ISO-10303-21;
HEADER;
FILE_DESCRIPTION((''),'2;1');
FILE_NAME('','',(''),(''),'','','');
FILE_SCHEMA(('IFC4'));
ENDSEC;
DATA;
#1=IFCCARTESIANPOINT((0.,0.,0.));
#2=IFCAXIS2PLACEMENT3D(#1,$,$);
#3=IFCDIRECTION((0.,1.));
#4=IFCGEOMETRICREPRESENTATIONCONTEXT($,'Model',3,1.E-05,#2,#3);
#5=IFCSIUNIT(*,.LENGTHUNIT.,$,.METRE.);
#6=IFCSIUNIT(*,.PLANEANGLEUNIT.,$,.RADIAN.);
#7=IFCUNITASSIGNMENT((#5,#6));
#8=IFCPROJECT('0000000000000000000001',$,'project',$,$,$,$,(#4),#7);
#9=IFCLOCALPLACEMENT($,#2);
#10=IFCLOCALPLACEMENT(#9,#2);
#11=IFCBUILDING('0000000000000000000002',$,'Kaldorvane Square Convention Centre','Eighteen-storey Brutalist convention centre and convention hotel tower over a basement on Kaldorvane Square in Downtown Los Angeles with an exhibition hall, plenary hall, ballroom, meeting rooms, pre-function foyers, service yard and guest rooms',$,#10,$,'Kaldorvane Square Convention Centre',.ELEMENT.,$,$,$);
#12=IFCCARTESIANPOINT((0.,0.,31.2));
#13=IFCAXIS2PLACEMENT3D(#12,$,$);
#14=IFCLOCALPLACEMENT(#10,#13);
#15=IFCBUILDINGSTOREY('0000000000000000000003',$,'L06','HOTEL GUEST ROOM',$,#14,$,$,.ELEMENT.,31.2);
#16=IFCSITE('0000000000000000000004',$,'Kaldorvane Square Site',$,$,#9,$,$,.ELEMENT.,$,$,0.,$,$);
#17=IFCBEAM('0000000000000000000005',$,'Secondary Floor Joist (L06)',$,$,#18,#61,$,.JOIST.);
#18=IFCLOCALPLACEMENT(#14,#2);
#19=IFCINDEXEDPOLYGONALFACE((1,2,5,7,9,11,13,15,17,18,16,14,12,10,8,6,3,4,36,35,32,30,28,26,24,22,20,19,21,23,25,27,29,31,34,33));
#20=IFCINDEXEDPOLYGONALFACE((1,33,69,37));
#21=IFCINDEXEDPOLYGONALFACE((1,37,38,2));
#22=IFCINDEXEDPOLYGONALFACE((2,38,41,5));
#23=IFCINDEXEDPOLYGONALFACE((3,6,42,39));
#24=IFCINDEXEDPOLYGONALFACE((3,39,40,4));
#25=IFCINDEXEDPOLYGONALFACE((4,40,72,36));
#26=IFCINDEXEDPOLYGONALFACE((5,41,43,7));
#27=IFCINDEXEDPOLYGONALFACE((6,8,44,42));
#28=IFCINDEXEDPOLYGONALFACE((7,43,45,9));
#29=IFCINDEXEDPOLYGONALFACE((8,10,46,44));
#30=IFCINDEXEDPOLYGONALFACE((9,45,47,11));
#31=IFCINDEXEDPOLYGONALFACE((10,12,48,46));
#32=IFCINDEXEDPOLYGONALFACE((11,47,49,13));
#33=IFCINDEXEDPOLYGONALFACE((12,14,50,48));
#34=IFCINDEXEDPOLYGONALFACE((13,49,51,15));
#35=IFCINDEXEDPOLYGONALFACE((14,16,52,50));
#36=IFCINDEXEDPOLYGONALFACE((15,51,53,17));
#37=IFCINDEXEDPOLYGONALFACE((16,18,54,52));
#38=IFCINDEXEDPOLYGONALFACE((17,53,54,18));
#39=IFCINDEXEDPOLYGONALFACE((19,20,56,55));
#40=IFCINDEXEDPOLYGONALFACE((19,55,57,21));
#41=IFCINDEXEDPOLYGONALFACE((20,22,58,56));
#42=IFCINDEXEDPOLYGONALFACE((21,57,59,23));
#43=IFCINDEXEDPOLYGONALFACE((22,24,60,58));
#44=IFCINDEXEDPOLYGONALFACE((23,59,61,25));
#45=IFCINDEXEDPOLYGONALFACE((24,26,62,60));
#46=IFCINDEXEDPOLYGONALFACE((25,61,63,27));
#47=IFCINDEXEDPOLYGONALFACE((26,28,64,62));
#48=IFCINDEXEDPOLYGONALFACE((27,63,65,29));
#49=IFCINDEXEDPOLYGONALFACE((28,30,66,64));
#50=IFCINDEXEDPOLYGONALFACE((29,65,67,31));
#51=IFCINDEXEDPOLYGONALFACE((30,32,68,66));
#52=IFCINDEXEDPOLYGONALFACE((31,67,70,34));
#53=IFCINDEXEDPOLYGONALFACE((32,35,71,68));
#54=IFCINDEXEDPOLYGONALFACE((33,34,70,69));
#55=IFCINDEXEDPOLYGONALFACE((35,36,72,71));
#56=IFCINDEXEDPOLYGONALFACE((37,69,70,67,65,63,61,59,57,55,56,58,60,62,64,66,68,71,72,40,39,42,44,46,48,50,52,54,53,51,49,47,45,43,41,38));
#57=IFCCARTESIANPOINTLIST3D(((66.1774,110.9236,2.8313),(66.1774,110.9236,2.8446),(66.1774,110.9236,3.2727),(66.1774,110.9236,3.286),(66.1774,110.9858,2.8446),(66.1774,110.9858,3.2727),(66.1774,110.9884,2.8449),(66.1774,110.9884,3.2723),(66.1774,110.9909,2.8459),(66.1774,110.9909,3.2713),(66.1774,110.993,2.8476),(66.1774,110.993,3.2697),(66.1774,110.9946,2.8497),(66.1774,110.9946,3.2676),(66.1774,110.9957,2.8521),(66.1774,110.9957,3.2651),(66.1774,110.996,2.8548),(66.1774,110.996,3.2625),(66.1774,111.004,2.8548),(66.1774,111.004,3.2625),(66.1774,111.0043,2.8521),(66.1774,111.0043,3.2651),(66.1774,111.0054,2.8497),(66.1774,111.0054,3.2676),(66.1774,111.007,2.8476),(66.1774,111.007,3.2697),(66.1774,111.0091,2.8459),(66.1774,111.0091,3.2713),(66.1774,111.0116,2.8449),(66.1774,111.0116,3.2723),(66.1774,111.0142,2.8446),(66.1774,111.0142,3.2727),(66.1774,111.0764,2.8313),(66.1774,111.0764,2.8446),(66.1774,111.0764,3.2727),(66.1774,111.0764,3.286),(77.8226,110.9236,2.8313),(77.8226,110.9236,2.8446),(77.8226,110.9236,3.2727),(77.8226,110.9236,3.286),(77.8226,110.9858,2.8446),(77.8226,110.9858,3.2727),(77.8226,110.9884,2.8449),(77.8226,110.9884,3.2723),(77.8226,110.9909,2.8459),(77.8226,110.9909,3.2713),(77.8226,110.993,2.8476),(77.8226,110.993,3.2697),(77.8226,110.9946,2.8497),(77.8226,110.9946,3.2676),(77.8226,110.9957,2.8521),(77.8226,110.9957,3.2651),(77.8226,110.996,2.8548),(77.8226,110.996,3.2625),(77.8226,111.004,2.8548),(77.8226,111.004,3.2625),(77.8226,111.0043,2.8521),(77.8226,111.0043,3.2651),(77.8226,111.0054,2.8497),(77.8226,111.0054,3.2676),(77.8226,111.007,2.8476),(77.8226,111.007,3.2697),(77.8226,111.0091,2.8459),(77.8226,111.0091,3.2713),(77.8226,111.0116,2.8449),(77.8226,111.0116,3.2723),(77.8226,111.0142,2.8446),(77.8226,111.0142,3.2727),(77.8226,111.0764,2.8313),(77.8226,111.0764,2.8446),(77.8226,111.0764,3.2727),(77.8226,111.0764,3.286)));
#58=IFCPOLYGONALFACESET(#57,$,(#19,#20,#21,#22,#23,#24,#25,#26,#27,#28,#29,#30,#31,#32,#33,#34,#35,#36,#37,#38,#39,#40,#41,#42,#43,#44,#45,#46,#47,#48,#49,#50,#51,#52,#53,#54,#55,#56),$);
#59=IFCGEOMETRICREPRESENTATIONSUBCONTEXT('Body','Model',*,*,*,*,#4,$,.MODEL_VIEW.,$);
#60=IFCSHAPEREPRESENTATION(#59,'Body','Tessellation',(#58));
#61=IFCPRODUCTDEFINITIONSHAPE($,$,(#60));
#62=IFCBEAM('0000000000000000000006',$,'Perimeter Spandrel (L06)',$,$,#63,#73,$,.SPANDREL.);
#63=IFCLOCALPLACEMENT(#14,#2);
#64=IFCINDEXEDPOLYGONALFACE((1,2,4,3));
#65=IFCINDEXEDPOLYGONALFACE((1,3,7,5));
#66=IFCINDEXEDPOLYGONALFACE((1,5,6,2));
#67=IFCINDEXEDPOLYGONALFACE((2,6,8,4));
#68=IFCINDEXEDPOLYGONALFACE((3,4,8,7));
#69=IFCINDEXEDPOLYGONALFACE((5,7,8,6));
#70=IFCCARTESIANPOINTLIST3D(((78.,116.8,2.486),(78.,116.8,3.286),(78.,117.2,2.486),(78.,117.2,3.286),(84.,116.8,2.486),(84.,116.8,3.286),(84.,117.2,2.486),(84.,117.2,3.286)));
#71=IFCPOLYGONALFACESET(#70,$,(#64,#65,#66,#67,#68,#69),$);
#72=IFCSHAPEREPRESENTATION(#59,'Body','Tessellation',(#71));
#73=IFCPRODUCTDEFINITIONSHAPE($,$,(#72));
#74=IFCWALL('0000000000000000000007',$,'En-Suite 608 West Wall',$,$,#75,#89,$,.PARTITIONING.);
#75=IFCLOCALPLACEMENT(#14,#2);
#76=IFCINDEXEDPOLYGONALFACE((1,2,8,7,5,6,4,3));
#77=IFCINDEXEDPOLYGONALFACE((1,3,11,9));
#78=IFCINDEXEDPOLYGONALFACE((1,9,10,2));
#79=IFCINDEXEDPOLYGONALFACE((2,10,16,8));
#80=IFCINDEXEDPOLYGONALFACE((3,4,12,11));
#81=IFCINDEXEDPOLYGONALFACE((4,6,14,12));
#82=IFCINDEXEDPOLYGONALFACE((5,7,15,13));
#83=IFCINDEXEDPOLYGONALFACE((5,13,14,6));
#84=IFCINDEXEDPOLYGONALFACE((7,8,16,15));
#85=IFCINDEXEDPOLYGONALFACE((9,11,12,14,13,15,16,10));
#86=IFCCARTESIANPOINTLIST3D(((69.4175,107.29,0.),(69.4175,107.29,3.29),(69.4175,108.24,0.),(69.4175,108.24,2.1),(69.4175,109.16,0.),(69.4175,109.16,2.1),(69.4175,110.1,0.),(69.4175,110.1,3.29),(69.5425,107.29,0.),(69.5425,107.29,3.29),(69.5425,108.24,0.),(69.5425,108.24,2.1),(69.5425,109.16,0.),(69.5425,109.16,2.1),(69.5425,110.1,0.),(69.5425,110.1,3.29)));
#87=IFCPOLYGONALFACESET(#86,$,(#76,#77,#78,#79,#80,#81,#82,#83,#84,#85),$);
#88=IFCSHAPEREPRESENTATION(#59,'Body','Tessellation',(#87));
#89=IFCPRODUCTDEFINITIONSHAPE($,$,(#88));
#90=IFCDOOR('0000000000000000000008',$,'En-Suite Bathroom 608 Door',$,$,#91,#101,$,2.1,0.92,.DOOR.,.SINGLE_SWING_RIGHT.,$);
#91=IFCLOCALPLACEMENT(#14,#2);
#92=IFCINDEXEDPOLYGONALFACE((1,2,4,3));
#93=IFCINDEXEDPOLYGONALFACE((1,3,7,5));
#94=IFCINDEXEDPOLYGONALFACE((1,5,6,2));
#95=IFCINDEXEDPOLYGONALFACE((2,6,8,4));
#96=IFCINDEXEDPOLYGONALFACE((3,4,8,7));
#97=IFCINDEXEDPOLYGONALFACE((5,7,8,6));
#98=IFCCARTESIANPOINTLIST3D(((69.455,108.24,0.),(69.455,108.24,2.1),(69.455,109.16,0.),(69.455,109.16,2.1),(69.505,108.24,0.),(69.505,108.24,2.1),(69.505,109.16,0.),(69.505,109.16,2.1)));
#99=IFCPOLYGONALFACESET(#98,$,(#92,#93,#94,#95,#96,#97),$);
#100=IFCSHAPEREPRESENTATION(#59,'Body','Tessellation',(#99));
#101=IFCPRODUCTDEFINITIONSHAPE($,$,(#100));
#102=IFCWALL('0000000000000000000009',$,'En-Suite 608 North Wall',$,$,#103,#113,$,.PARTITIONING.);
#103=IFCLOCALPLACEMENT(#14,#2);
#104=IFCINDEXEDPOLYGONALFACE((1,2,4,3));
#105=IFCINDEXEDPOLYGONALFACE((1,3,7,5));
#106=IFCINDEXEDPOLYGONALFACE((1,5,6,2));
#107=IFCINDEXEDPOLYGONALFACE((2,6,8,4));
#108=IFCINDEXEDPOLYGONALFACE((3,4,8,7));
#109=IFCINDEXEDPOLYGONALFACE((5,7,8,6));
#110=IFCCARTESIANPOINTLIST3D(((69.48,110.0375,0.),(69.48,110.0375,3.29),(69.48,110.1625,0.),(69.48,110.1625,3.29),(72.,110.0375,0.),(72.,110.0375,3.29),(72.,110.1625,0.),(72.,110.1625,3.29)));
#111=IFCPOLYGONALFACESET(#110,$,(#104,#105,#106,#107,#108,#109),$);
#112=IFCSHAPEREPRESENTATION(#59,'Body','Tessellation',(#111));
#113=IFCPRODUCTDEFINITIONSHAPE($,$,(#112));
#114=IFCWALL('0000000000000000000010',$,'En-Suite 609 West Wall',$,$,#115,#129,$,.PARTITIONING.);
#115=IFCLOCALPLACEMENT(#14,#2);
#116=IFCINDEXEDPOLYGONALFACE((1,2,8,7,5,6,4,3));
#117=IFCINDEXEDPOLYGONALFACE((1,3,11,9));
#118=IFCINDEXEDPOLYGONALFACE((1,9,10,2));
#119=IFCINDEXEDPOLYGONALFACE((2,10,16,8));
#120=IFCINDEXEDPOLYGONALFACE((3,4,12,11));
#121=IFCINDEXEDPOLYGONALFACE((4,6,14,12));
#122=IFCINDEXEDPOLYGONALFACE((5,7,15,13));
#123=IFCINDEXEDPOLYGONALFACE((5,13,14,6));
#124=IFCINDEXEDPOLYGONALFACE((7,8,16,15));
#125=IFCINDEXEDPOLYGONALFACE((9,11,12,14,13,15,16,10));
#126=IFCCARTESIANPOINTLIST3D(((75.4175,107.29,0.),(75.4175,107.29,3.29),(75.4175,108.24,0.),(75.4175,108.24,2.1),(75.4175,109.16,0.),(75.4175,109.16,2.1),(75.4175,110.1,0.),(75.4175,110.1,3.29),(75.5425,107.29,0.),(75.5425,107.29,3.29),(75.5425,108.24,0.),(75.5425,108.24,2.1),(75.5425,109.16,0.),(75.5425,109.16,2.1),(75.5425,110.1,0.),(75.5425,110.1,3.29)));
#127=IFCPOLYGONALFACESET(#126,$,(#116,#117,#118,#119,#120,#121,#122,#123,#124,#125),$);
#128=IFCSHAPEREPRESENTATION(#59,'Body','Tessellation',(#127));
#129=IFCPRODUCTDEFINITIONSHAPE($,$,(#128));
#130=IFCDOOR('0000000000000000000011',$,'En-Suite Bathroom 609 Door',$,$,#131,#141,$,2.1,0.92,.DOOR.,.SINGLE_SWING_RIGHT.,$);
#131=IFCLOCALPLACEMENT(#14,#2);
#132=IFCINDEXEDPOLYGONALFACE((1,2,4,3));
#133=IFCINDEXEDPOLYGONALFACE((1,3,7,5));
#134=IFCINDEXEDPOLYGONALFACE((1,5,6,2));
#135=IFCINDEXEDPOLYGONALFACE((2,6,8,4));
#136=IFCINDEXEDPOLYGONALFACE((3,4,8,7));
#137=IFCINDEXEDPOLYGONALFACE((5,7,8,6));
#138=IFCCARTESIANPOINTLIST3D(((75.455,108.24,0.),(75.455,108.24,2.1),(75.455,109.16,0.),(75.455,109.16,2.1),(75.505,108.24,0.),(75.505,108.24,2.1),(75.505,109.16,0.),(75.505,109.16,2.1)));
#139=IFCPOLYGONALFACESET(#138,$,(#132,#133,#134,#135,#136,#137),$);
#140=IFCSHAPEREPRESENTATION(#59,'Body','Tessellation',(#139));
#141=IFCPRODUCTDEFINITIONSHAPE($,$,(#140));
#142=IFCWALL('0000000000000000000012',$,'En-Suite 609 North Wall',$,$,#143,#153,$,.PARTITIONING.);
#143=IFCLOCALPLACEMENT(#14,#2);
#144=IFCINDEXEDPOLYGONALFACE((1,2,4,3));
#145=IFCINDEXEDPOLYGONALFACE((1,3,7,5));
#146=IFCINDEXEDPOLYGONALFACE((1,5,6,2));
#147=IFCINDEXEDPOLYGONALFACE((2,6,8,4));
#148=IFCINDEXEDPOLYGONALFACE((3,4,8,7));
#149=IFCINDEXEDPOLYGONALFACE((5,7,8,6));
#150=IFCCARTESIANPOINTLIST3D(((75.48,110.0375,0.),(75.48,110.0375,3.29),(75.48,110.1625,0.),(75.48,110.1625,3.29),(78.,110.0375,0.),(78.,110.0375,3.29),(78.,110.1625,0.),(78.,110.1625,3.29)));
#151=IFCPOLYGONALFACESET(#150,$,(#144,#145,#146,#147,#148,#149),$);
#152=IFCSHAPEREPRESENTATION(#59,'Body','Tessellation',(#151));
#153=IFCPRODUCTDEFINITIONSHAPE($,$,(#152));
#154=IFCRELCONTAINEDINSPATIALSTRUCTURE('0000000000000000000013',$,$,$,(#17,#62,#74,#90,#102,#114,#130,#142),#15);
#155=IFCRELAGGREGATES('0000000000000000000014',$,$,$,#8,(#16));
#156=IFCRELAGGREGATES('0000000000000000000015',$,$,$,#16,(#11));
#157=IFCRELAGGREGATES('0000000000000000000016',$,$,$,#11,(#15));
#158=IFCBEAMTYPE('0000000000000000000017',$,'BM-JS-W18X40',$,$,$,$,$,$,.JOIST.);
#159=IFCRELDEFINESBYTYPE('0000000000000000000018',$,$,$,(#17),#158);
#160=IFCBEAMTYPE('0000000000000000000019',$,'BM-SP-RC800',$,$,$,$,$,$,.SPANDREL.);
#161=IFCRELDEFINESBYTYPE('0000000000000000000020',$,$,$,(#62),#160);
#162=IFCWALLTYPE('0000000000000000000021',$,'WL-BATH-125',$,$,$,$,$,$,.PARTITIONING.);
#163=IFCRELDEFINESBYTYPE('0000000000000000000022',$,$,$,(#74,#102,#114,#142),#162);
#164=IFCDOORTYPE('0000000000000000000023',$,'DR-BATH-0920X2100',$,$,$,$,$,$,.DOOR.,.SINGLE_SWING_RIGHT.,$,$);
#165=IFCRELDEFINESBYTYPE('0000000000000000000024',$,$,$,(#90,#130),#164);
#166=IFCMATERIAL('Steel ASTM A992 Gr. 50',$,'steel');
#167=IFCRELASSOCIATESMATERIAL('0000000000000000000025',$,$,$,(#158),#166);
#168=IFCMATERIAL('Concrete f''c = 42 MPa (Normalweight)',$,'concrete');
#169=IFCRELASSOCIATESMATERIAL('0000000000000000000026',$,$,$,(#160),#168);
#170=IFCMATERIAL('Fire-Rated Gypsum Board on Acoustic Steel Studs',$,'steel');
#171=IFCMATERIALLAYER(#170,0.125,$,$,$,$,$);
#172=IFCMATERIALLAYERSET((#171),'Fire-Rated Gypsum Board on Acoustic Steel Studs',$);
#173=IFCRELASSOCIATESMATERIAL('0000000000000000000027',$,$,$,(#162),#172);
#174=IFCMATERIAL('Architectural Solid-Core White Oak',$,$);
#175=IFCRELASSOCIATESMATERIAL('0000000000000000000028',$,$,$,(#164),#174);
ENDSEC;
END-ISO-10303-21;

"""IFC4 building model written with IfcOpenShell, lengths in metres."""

from ifc_helpers import new_model, si_unit, direction, frame, frame_2d, origin, origin_2d, place, context, subcontext, project, spatial, rectangle, i_section, extrude, material, layer, layer_set, material_profile, profile_set, type_object, element, fill, save


model = new_model("IFC4")

# Units and contexts
model_context = context("Model", 3, precision=1e-05, world=origin(), true_north=direction((0.0, 1.0)))
body_context = subcontext(model_context, "Body", "Model", "MODEL_VIEW")
ifc_project = project(units=[si_unit("LENGTHUNIT", "METRE"), si_unit("PLANEANGLEUNIT", "RADIAN")], contexts=[model_context])

# Site, building, storey
site_placement = place(None, origin())
site = spatial("IfcSite", under=ifc_project, at=site_placement, Name="Kaldorvane Square Site", CompositionType="ELEMENT", RefElevation=0.0)
building_placement = place(site_placement, origin())
building = spatial("IfcBuilding", under=site, at=building_placement, Name="Kaldorvane Square Convention Centre", Description="Eighteen-storey Brutalist convention centre and convention hotel tower over a basement on Kaldorvane Square in Downtown Los Angeles with an exhibition hall, plenary hall, ballroom, meeting rooms, pre-function foyers, service yard and guest rooms", LongName="Kaldorvane Square Convention Centre", CompositionType="ELEMENT")
storey_placement = place(building_placement, frame((0.0, 0.0, 31.2)))
storey = spatial("IfcBuildingStorey", under=building, at=storey_placement, Name="L06", Description="HOTEL GUEST ROOM", CompositionType="ELEMENT", Elevation=31.2)

# Shared definitions
ifc_material_1 = material(Name="Steel ASTM A992 Gr. 50", Category="steel")

# Beams
ifc_material_profile_1 = material_profile(ifc_material_1, i_section(OverallWidth=0.1528, OverallDepth=0.4547, WebThickness=0.008, FlangeThickness=0.0133, FilletRadius=0.0102, at=origin_2d()), Name="W18X40")
ifc_profile_set_1 = profile_set([ifc_material_profile_1], Name="Steel ASTM A992 Gr. 50")
beam_type_1 = type_object("IfcBeamType", Name="BM-JS-W18X40", PredefinedType="JOIST", material=ifc_profile_set_1)
beam_1_placement = place(storey_placement, frame((66.1774, 111.0, 3.0586), z_axis=(1.0, 0.0, 0.0), x_axis=(0.0, 1.0, 0.0)))
element("IfcBeam", 1, at=beam_1_placement, inside=storey, type_object=beam_type_1, Name="Secondary Floor Joist (L06)", PredefinedType="JOIST", context=body_context, shape_type="SweptSolid", body=[
    extrude(i_section(OverallWidth=0.1528, OverallDepth=0.4547, WebThickness=0.008, FlangeThickness=0.0133, FilletRadius=0.0102, at=origin_2d()), origin(), (0.0, 0.0, 1.0), 11.6452),
])
ifc_material_2 = material(Name="Concrete f'c = 42 MPa (Normalweight)", Category="concrete")
ifc_material_profile_2 = material_profile(ifc_material_2, rectangle(XDim=0.4, YDim=0.8, at=origin_2d()), Name="RCSP800X400")
ifc_profile_set_2 = profile_set([ifc_material_profile_2], Name="Concrete f'c = 42 MPa (Normalweight)")
beam_type_2 = type_object("IfcBeamType", Name="BM-SP-RC800", PredefinedType="SPANDREL", material=ifc_profile_set_2)
beam_2_placement = place(storey_placement, frame((78.0, 117.0, 2.886), z_axis=(1.0, 0.0, 0.0), x_axis=(0.0, 1.0, 0.0)))
element("IfcBeam", 2, at=beam_2_placement, inside=storey, type_object=beam_type_2, Name="Perimeter Spandrel (L06)", PredefinedType="SPANDREL", context=body_context, shape_type="SweptSolid", body=[
    extrude(rectangle(XDim=0.4, YDim=0.8, at=origin_2d()), origin(), (0.0, 0.0, 1.0), 6.0),
])

# Wall, opening, door
ifc_material_3 = material(Name="Fire-Rated Gypsum Board on Acoustic Steel Studs", Category="steel")
ifc_layer_1 = layer(ifc_material_3, 0.125)
ifc_layer_set_1 = layer_set([ifc_layer_1], Name="Fire-Rated Gypsum Board on Acoustic Steel Studs")
wall_type_1 = type_object("IfcWallType", Name="WL-BATH-125", PredefinedType="PARTITIONING", material=ifc_layer_set_1)
wall_1_placement = place(storey_placement, frame((69.48, 107.29, 0.0), z_axis=(0.0, 0.0, 1.0), x_axis=(0.0, 1.0, 0.0)))
wall_1 = element("IfcWall", 3, at=wall_1_placement, inside=storey, type_object=wall_type_1, Name="En-Suite 608 West Wall", PredefinedType="PARTITIONING", context=body_context, shape_type="SweptSolid", body=[
    extrude(rectangle(XDim=2.81, YDim=0.125, at=frame_2d((1.405, 0.0))), origin(), (0.0, 0.0, 1.0), 3.29),
])
opening_1_placement = place(wall_1_placement, frame((0.95, 0.0, 0.0)))
opening_1 = element("IfcOpeningElement", 4, at=opening_1_placement, cuts=wall_1, PredefinedType="OPENING", context=body_context, shape_type="SweptSolid", body=[
    extrude(rectangle(XDim=0.92, YDim=2.1, at=frame_2d((0.46, 1.05))), frame((0.0, 0.0775, 0.0), z_axis=(0.0, -1.0, 0.0), x_axis=(1.0, 0.0, 0.0)), (0.0, 0.0, 1.0), 0.155),
])
ifc_material_4 = material(Name="Architectural Solid-Core White Oak")
door_type_1 = type_object("IfcDoorType", Name="DR-BATH-0920X2100", OperationType="SINGLE_SWING_RIGHT", PredefinedType="DOOR", material=ifc_material_4)
door_1_placement = place(opening_1_placement, origin())
door_1 = element("IfcDoor", 5, at=door_1_placement, inside=storey, type_object=door_type_1, Name="En-Suite Bathroom 608 Door", OperationType="SINGLE_SWING_RIGHT", OverallHeight=2.1, OverallWidth=0.92, PredefinedType="DOOR", context=body_context, shape_type="SweptSolid", body=[
    extrude(rectangle(XDim=0.92, YDim=2.1, at=frame_2d((0.46, 1.05))), frame((0.0, 0.025, 0.0), z_axis=(0.0, -1.0, 0.0), x_axis=(1.0, 0.0, 0.0)), (0.0, 0.0, 1.0), 0.05),
])
fill(opening_1, door_1)

# Wall
wall_2_placement = place(storey_placement, frame((69.48, 110.1, 0.0), z_axis=(0.0, 0.0, 1.0), x_axis=(1.0, 0.0, 0.0)))
element("IfcWall", 6, at=wall_2_placement, inside=storey, type_object=wall_type_1, Name="En-Suite 608 North Wall", PredefinedType="PARTITIONING", context=body_context, shape_type="SweptSolid", body=[
    extrude(rectangle(XDim=2.52, YDim=0.125, at=frame_2d((1.26, 0.0))), origin(), (0.0, 0.0, 1.0), 3.29),
])

# Wall, opening, door
wall_3_placement = place(storey_placement, frame((75.48, 107.29, 0.0), z_axis=(0.0, 0.0, 1.0), x_axis=(0.0, 1.0, 0.0)))
wall_3 = element("IfcWall", 7, at=wall_3_placement, inside=storey, type_object=wall_type_1, Name="En-Suite 609 West Wall", PredefinedType="PARTITIONING", context=body_context, shape_type="SweptSolid", body=[
    extrude(rectangle(XDim=2.81, YDim=0.125, at=frame_2d((1.405, 0.0))), origin(), (0.0, 0.0, 1.0), 3.29),
])
opening_2_placement = place(wall_3_placement, frame((0.95, 0.0, 0.0)))
opening_2 = element("IfcOpeningElement", 8, at=opening_2_placement, cuts=wall_3, PredefinedType="OPENING", context=body_context, shape_type="SweptSolid", body=[
    extrude(rectangle(XDim=0.92, YDim=2.1, at=frame_2d((0.46, 1.05))), frame((0.0, 0.0775, 0.0), z_axis=(0.0, -1.0, 0.0), x_axis=(1.0, 0.0, 0.0)), (0.0, 0.0, 1.0), 0.155),
])
door_2_placement = place(opening_2_placement, origin())
door_2 = element("IfcDoor", 9, at=door_2_placement, inside=storey, type_object=door_type_1, Name="En-Suite Bathroom 609 Door", OperationType="SINGLE_SWING_RIGHT", OverallHeight=2.1, OverallWidth=0.92, PredefinedType="DOOR", context=body_context, shape_type="SweptSolid", body=[
    extrude(rectangle(XDim=0.92, YDim=2.1, at=frame_2d((0.46, 1.05))), frame((0.0, 0.025, 0.0), z_axis=(0.0, -1.0, 0.0), x_axis=(1.0, 0.0, 0.0)), (0.0, 0.0, 1.0), 0.05),
])
fill(opening_2, door_2)

# Wall
wall_4_placement = place(storey_placement, frame((75.48, 110.1, 0.0), z_axis=(0.0, 0.0, 1.0), x_axis=(1.0, 0.0, 0.0)))
element("IfcWall", 10, at=wall_4_placement, inside=storey, type_object=wall_type_1, Name="En-Suite 609 North Wall", PredefinedType="PARTITIONING", context=body_context, shape_type="SweptSolid", body=[
    extrude(rectangle(XDim=2.52, YDim=0.125, at=frame_2d((1.26, 0.0))), origin(), (0.0, 0.0, 1.0), 3.29),
])

save(model, "model.ifc")
